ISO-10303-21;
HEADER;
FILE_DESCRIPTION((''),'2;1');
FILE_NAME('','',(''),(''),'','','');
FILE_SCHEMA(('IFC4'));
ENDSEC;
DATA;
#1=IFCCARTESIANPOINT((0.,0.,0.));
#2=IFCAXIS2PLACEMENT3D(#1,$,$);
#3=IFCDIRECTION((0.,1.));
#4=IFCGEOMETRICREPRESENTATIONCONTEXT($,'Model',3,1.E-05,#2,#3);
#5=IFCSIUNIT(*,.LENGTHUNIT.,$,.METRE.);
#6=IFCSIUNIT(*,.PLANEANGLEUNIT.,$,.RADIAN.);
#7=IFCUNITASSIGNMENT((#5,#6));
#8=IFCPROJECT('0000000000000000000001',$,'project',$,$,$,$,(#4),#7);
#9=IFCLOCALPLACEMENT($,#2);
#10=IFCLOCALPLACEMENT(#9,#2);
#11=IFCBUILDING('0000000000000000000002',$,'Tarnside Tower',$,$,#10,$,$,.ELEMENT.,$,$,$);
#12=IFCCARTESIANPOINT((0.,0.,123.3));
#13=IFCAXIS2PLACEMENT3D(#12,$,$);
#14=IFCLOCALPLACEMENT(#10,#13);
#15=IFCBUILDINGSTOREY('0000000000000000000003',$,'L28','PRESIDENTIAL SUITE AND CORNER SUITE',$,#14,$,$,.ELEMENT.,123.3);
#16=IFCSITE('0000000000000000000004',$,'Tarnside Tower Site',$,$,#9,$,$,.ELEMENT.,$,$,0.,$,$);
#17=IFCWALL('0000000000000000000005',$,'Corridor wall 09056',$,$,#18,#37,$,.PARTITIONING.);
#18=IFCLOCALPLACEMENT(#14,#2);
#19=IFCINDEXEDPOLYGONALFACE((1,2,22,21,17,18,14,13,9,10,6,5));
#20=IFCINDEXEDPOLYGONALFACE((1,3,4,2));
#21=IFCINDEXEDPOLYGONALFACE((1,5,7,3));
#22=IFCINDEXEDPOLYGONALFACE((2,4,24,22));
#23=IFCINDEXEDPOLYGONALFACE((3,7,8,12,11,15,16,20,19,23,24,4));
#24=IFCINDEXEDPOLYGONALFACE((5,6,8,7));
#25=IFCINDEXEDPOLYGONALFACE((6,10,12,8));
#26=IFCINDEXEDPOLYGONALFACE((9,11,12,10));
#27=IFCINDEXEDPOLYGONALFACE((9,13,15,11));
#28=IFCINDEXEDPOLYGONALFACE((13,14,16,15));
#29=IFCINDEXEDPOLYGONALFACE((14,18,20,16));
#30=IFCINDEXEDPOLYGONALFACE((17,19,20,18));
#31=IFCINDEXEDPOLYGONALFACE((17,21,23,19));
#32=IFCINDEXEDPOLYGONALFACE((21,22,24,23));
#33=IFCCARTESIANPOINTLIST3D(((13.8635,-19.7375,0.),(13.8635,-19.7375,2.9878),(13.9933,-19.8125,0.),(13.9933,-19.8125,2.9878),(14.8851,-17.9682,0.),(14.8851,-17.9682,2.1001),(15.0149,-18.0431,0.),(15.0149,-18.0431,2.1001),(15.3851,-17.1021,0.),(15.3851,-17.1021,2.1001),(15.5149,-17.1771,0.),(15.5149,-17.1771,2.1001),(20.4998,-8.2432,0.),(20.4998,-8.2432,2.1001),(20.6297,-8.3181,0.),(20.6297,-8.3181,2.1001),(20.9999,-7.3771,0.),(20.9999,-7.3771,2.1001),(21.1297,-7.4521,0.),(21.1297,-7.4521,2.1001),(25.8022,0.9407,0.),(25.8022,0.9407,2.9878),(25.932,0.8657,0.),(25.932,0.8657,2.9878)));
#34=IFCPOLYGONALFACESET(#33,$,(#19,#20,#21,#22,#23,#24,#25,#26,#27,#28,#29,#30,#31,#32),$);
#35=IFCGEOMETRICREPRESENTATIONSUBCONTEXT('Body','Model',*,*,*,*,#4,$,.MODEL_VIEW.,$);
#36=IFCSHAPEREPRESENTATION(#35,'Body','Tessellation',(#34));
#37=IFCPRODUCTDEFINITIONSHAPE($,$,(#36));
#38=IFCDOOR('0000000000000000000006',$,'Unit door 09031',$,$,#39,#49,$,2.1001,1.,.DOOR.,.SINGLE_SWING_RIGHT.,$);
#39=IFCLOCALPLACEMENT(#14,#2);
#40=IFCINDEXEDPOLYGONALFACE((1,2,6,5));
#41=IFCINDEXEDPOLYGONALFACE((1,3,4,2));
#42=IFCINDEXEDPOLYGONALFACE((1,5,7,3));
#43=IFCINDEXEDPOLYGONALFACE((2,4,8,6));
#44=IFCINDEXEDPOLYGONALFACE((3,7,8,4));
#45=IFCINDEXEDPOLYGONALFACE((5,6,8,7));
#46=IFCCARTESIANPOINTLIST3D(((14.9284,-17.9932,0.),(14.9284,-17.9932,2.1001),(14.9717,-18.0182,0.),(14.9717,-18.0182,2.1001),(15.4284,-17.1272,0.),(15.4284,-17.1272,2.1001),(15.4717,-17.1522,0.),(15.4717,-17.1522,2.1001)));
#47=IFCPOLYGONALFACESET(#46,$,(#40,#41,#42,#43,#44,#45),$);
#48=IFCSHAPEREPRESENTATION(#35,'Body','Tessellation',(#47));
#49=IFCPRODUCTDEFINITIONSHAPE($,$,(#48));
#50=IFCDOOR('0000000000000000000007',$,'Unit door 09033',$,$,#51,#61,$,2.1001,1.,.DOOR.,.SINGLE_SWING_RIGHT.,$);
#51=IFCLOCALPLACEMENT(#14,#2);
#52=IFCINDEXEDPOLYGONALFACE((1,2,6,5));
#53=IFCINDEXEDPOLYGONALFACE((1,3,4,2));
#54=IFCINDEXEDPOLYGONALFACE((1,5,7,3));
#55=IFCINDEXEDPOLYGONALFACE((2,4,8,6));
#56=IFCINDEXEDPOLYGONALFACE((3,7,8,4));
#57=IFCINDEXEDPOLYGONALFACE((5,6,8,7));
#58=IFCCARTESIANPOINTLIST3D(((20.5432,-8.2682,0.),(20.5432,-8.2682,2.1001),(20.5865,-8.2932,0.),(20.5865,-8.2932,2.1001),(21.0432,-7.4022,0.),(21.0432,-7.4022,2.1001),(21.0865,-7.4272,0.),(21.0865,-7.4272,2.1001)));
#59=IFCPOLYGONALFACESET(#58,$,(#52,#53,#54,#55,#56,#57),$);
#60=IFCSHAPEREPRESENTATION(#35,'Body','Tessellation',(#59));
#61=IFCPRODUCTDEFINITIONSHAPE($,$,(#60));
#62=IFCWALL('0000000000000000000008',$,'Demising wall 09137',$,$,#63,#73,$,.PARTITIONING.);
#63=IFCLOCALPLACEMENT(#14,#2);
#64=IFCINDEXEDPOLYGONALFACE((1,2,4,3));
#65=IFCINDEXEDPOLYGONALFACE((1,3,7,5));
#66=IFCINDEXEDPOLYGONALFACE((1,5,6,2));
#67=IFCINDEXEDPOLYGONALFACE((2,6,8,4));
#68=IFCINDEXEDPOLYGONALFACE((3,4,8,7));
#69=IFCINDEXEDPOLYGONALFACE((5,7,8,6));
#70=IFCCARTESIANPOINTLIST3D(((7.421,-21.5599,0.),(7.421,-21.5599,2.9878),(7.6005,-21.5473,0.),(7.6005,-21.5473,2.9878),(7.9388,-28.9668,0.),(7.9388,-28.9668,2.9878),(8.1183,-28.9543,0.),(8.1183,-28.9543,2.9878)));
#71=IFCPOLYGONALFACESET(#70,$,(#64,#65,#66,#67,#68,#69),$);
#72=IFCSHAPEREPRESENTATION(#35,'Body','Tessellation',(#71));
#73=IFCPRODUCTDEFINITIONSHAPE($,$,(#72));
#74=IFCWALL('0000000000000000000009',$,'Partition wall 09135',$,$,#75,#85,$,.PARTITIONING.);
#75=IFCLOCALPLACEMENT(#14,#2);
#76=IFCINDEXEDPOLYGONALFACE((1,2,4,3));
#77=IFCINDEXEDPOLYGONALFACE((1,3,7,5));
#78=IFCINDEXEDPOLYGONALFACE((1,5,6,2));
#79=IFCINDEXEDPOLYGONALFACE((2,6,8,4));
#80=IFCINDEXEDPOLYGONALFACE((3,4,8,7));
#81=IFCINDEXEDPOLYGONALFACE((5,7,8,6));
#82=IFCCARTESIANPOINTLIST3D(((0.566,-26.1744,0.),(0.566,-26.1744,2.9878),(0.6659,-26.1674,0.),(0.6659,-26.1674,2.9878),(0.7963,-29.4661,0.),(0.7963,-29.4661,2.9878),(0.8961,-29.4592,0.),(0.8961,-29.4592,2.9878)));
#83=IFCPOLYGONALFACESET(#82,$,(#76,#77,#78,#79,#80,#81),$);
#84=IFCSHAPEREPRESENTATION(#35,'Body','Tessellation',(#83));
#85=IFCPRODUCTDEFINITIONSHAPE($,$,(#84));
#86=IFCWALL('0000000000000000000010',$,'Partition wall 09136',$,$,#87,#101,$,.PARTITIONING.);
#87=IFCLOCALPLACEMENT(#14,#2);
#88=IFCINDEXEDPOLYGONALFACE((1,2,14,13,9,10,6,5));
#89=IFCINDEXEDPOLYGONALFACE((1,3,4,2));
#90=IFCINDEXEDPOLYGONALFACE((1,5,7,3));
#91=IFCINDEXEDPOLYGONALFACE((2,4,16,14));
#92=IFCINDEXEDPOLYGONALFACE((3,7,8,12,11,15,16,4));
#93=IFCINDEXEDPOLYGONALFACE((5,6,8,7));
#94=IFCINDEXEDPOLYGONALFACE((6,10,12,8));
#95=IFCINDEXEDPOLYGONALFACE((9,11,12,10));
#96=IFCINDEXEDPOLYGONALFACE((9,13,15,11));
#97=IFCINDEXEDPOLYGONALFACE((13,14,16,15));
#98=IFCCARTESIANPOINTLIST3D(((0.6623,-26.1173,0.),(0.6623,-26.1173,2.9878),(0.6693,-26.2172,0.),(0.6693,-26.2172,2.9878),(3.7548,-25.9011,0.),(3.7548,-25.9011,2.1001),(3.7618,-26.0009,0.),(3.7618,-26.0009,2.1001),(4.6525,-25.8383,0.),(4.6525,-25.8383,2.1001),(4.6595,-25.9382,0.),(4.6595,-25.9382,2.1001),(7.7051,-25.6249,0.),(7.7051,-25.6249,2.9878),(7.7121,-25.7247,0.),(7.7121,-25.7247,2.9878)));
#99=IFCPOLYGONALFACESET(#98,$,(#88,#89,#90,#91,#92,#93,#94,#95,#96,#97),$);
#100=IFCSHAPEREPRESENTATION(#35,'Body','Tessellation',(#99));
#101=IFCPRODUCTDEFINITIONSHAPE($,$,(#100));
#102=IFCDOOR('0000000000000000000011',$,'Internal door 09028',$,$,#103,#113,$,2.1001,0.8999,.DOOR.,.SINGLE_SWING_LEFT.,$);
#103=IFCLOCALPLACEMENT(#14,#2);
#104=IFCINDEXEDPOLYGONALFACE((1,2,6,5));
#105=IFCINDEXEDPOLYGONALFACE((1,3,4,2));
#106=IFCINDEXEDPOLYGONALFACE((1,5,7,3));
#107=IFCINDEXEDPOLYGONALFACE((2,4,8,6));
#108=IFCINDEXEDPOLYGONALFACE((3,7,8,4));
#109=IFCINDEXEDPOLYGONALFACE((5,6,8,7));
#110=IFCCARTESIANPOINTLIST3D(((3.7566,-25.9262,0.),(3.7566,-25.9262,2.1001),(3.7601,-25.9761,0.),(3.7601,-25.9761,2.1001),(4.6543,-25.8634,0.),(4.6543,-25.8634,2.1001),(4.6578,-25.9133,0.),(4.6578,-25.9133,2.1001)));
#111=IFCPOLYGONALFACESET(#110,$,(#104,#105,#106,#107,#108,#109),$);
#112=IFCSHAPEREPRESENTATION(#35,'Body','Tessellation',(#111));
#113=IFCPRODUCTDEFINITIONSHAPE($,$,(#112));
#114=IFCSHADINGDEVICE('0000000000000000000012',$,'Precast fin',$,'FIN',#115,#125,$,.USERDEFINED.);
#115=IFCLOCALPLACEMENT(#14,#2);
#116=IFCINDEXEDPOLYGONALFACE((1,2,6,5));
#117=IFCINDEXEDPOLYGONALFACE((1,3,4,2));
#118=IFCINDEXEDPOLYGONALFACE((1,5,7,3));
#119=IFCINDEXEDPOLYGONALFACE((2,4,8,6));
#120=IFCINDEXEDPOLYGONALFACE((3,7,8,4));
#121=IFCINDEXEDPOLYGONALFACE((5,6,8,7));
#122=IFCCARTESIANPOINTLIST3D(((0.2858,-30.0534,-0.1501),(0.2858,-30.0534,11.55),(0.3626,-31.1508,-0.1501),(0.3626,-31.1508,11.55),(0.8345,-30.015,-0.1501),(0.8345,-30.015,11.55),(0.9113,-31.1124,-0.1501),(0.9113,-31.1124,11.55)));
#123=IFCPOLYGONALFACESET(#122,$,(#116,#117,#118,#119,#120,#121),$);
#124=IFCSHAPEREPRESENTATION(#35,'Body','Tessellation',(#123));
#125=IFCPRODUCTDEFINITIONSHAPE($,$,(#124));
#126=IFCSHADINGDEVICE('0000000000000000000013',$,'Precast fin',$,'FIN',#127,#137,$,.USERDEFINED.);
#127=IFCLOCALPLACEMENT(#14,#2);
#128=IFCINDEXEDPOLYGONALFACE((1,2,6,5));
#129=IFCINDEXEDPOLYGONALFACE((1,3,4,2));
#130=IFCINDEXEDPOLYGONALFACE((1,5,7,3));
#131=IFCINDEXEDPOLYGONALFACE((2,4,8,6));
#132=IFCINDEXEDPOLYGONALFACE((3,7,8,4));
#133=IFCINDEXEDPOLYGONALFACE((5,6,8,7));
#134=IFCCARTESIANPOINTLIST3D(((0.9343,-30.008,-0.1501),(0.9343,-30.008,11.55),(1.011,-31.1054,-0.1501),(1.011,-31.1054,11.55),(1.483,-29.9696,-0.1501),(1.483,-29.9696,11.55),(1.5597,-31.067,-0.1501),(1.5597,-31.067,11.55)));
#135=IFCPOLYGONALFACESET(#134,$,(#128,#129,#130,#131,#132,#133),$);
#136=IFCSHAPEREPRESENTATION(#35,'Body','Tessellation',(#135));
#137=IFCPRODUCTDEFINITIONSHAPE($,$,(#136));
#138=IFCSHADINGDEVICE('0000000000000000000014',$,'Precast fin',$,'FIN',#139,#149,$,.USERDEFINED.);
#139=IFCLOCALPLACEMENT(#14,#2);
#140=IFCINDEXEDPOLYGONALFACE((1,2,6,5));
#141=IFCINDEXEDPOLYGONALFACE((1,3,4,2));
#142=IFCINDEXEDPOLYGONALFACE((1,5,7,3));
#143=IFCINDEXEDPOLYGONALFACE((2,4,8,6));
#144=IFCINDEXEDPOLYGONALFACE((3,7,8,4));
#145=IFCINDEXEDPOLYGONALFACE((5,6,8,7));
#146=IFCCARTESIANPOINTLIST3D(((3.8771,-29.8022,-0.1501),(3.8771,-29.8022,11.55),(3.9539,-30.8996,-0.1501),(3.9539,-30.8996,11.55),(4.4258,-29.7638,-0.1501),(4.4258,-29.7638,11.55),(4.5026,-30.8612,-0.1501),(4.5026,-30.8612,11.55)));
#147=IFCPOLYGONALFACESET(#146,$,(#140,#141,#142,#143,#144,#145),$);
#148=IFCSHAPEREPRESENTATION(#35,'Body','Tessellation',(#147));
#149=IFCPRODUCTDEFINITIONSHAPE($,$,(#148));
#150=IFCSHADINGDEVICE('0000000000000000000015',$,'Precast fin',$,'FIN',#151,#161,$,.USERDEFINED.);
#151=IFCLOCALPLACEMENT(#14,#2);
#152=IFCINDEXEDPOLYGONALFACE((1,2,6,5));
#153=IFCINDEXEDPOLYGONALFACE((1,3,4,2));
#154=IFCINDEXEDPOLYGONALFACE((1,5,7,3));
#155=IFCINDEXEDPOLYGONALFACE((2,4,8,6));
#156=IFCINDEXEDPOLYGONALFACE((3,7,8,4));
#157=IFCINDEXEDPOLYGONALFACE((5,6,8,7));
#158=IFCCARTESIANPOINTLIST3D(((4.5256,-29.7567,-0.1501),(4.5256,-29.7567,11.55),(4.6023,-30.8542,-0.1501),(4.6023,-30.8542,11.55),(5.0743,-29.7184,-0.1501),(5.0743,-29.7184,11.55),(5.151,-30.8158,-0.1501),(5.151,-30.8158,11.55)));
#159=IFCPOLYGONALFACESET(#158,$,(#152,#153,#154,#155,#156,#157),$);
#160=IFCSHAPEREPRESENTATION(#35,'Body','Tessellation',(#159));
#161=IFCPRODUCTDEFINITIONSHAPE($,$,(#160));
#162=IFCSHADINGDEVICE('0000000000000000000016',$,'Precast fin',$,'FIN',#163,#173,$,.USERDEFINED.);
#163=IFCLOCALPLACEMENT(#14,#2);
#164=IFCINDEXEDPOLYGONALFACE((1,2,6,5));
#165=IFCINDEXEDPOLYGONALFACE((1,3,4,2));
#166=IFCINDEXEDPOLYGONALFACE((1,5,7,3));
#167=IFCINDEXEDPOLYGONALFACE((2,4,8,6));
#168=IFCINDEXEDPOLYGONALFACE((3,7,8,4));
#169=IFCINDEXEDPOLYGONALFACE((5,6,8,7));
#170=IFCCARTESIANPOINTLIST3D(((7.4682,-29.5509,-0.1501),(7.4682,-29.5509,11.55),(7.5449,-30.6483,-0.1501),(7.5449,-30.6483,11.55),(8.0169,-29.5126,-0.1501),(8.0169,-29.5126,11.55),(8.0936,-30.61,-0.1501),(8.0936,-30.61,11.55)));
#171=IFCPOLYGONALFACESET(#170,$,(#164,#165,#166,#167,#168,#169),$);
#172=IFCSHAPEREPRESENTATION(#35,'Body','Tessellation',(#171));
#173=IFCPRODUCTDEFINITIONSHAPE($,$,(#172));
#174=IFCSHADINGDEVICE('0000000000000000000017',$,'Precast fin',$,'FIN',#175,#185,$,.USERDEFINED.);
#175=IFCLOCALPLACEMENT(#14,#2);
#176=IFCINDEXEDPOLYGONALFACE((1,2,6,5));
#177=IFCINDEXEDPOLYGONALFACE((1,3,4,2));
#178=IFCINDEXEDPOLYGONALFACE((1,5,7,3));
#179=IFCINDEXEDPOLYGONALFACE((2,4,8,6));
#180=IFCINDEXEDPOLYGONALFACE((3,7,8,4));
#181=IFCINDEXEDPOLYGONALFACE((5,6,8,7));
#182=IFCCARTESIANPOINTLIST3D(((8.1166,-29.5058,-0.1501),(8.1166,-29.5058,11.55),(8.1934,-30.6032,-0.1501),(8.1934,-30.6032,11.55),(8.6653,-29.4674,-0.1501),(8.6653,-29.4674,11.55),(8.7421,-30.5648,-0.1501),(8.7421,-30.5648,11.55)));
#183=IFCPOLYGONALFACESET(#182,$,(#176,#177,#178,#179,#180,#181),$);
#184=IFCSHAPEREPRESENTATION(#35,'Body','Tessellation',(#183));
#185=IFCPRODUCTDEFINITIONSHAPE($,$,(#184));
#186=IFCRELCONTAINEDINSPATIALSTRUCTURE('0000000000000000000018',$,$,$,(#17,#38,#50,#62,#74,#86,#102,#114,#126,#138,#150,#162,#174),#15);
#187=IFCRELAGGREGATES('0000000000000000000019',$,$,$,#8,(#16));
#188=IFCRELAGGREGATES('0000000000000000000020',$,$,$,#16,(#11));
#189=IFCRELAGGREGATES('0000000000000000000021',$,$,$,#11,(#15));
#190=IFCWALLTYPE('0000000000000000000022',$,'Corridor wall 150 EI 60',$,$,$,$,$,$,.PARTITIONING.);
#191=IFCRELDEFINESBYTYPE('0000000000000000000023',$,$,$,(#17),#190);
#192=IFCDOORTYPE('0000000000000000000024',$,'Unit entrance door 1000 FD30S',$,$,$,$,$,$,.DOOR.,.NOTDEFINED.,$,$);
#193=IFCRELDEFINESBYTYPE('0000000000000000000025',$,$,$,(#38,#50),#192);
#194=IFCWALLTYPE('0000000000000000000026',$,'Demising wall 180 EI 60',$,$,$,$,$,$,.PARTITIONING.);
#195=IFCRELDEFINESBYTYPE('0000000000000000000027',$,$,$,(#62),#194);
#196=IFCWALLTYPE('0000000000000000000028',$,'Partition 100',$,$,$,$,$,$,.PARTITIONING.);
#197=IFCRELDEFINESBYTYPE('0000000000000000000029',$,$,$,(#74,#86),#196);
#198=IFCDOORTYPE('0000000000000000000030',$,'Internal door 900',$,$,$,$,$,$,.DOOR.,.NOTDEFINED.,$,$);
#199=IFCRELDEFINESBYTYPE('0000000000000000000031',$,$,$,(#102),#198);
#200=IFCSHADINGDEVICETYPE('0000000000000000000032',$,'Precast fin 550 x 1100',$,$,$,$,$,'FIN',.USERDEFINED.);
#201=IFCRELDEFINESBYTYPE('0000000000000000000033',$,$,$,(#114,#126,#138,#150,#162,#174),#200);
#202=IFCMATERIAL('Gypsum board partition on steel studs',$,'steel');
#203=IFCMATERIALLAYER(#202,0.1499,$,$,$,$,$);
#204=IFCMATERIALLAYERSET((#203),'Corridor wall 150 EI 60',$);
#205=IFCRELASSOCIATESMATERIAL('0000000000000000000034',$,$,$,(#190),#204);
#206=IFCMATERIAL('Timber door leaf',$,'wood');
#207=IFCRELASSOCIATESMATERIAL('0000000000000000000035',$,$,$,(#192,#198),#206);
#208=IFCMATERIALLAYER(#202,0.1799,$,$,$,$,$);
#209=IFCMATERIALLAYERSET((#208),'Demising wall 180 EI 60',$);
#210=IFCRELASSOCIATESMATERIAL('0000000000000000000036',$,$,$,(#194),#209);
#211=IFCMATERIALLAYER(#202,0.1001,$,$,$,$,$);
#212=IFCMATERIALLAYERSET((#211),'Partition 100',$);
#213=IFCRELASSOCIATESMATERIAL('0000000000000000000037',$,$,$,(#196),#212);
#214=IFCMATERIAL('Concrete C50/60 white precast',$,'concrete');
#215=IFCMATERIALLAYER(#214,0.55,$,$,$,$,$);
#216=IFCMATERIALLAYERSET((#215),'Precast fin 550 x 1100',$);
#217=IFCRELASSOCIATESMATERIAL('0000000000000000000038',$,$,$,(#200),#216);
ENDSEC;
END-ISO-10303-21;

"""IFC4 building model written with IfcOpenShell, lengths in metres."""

from ifc_helpers import new_model, si_unit, direction, frame, frame_2d, origin, place, context, subcontext, project, spatial, polyline, rectangle, outline, extrude, material, layer, layer_set, type_object, element, fill, save


model = new_model("IFC4")

# Units and contexts
model_context = context("Model", 3, precision=1e-05, world=origin(), true_north=direction((0.0, 1.0)))
body_context = subcontext(model_context, "Body", "Model", "MODEL_VIEW")
ifc_project = project(units=[si_unit("LENGTHUNIT", "METRE"), si_unit("PLANEANGLEUNIT", "RADIAN")], contexts=[model_context])

# Site, building, storey
site_placement = place(None, origin())
site = spatial("IfcSite", under=ifc_project, at=site_placement, Name="Tarnside Tower Site", CompositionType="ELEMENT", RefElevation=0.0)
building_placement = place(site_placement, origin())
building = spatial("IfcBuilding", under=site, at=building_placement, Name="Tarnside Tower", CompositionType="ELEMENT")
storey_placement = place(building_placement, frame((0.0, 0.0, 123.3)))
storey = spatial("IfcBuildingStorey", under=building, at=storey_placement, Name="L28", Description="PRESIDENTIAL SUITE AND CORNER SUITE", CompositionType="ELEMENT", Elevation=123.3)

# Shared definitions
ifc_material_1 = material(Name="Gypsum board partition on steel studs", Category="steel")

# Shared definitions
ifc_material_2 = material(Name="Timber door leaf", Category="wood")

# Shared definitions
ifc_layer_1 = layer(ifc_material_1, 0.1499)
ifc_layer_set_1 = layer_set([ifc_layer_1], Name="Corridor wall 150 EI 60")
wall_type_1 = type_object("IfcWallType", Name="Corridor wall 150 EI 60", PredefinedType="PARTITIONING", material=ifc_layer_set_1)

# Wall, openings, doors
wall_1_placement = place(storey_placement, frame((13.9285, -19.7749, 0.0), z_axis=(0.0, 0.0, 1.0), x_axis=(0.500005, 0.866023, 0.0)))
wall_1 = element("IfcWall", 1, at=wall_1_placement, inside=storey, type_object=wall_type_1, Name="Corridor wall 09056", PredefinedType="PARTITIONING", context=body_context, shape_type="SweptSolid", body=[
    extrude(rectangle(XDim=23.8772, YDim=0.1499, at=frame_2d((11.9385, 0.0))), origin(), (0.0, 0.0, 1.0), 2.9878),
])
opening_1_placement = place(wall_1_placement, frame((2.043, 0.0, 0.0)))
opening_1 = element("IfcOpeningElement", 2, at=opening_1_placement, cuts=wall_1, PredefinedType="OPENING", context=body_context, shape_type="SweptSolid", body=[
    extrude(rectangle(XDim=1.0, YDim=2.1001, at=frame_2d((0.5, 1.05))), frame((0.0, 0.085, 0.0), z_axis=(0.0, -1.0, 0.0), x_axis=(1.0, 0.0, 0.0)), (0.0, 0.0, 1.0), 0.1699),
])
opening_2_placement = place(wall_1_placement, frame((13.2725, 0.0, 0.0)))
opening_2 = element("IfcOpeningElement", 3, at=opening_2_placement, cuts=wall_1, PredefinedType="OPENING", context=body_context, shape_type="SweptSolid", body=[
    extrude(rectangle(XDim=1.0, YDim=2.1001, at=frame_2d((0.5, 1.05))), frame((0.0, 0.085, 0.0), z_axis=(0.0, -1.0, 0.0), x_axis=(1.0, 0.0, 0.0)), (0.0, 0.0, 1.0), 0.1699),
])
door_type_1 = type_object("IfcDoorType", Name="Unit entrance door 1000 FD30S", OperationType="NOTDEFINED", PredefinedType="DOOR", material=ifc_material_2)
door_1_placement = place(opening_1_placement, origin())
door_1 = element("IfcDoor", 4, at=door_1_placement, inside=storey, type_object=door_type_1, Name="Unit door 09031", OperationType="SINGLE_SWING_RIGHT", OverallHeight=2.1001, OverallWidth=1.0, PredefinedType="DOOR", context=body_context, shape_type="SweptSolid", body=[
    extrude(rectangle(XDim=1.0, YDim=2.1001, at=frame_2d((0.5, 1.05))), frame((0.0, 0.0249, 0.0), z_axis=(0.0, -1.0, 0.0), x_axis=(1.0, 0.0, 0.0)), (0.0, 0.0, 1.0), 0.05),
])
fill(opening_1, door_1)
door_2_placement = place(opening_2_placement, origin())
door_2 = element("IfcDoor", 5, at=door_2_placement, inside=storey, type_object=door_type_1, Name="Unit door 09033", OperationType="SINGLE_SWING_RIGHT", OverallHeight=2.1001, OverallWidth=1.0, PredefinedType="DOOR", context=body_context, shape_type="SweptSolid", body=[
    extrude(rectangle(XDim=1.0, YDim=2.1001, at=frame_2d((0.5, 1.05))), frame((0.0, 0.0249, 0.0), z_axis=(0.0, -1.0, 0.0), x_axis=(1.0, 0.0, 0.0)), (0.0, 0.0, 1.0), 0.05),
])
fill(opening_2, door_2)

# Walls
ifc_layer_2 = layer(ifc_material_1, 0.1799)
ifc_layer_set_2 = layer_set([ifc_layer_2], Name="Demising wall 180 EI 60")
wall_type_2 = type_object("IfcWallType", Name="Demising wall 180 EI 60", PredefinedType="PARTITIONING", material=ifc_layer_set_2)
wall_2_placement = place(storey_placement, frame((8.0286, -28.9604, 0.0), z_axis=(0.0, 0.0, 1.0), x_axis=(-0.06974, 0.997565, 0.0)))
element("IfcWall", 6, at=wall_2_placement, inside=storey, type_object=wall_type_2, Name="Demising wall 09137", PredefinedType="PARTITIONING", context=body_context, shape_type="SweptSolid", body=[
    extrude(rectangle(XDim=7.425, YDim=0.1799, at=frame_2d((3.7124, 0.0))), origin(), (0.0, 0.0, 1.0), 2.9878),
])
ifc_layer_3 = layer(ifc_material_1, 0.1001)
ifc_layer_set_3 = layer_set([ifc_layer_3], Name="Partition 100")
wall_type_3 = type_object("IfcWallType", Name="Partition 100", PredefinedType="PARTITIONING", material=ifc_layer_set_3)
wall_3_placement = place(storey_placement, frame((0.8462, -29.4626, 0.0), z_axis=(0.0, 0.0, 1.0), x_axis=(-0.069769, 0.997563, 0.0)))
element("IfcWall", 7, at=wall_3_placement, inside=storey, type_object=wall_type_3, Name="Partition wall 09135", PredefinedType="PARTITIONING", context=body_context, shape_type="SweptSolid", body=[
    extrude(rectangle(XDim=3.2998, YDim=0.1001, at=frame_2d((1.6499, 0.0))), origin(), (0.0, 0.0, 1.0), 2.9878),
])

# Wall, opening, door
wall_4_placement = place(storey_placement, frame((0.6658, -26.1672, 0.0), z_axis=(0.0, 0.0, 1.0), x_axis=(0.997565, 0.069748, 0.0)))
wall_4 = element("IfcWall", 8, at=wall_4_placement, inside=storey, type_object=wall_type_3, Name="Partition wall 09136", PredefinedType="PARTITIONING", context=body_context, shape_type="SweptSolid", body=[
    extrude(rectangle(XDim=7.0601, YDim=0.1001, at=frame_2d((3.53, 0.0))), origin(), (0.0, 0.0, 1.0), 2.9878),
])
opening_3_placement = place(wall_4_placement, frame((3.1001, 0.0, 0.0)))
opening_3 = element("IfcOpeningElement", 9, at=opening_3_placement, cuts=wall_4, PredefinedType="OPENING", context=body_context, shape_type="SweptSolid", body=[
    extrude(rectangle(XDim=0.8999, YDim=2.1001, at=frame_2d((0.45, 1.05))), frame((0.0, 0.0601, 0.0), z_axis=(0.0, -1.0, 0.0), x_axis=(1.0, 0.0, 0.0)), (0.0, 0.0, 1.0), 0.1201),
])
door_type_2 = type_object("IfcDoorType", Name="Internal door 900", OperationType="NOTDEFINED", PredefinedType="DOOR", material=ifc_material_2)
door_3_placement = place(opening_3_placement, origin())
door_3 = element("IfcDoor", 10, at=door_3_placement, inside=storey, type_object=door_type_2, Name="Internal door 09028", OperationType="SINGLE_SWING_LEFT", OverallHeight=2.1001, OverallWidth=0.8999, PredefinedType="DOOR", context=body_context, shape_type="SweptSolid", body=[
    extrude(rectangle(XDim=0.8999, YDim=2.1001, at=frame_2d((0.45, 1.05))), frame((0.0, 0.0249, 0.0), z_axis=(0.0, -1.0, 0.0), x_axis=(1.0, 0.0, 0.0)), (0.0, 0.0, 1.0), 0.05),
])
fill(opening_3, door_3)

# Shading devices
ifc_material_3 = material(Name="Concrete C50/60 white precast", Category="concrete")
ifc_layer_4 = layer(ifc_material_3, 0.55)
ifc_layer_set_4 = layer_set([ifc_layer_4], Name="Precast fin 550 x 1100")
shading_device_type = type_object("IfcShadingDeviceType", Name="Precast fin 550 x 1100", ElementType="FIN", PredefinedType="USERDEFINED", material=ifc_layer_set_4)
for number, where, z_axis, x_axis, name in (
    (11, (0.5603, -30.0342, -0.1501), (-0.997564, -0.069756, 0.0), (0.069756, -0.997564, 0.0), "Precast fin"),
    (12, (1.2087, -29.9888, -0.1501), (-0.997564, -0.069756, 0.0), (0.069756, -0.997564, 0.0), "Precast fin"),
    (13, (4.1516, -29.783, -0.1501), (-0.997564, -0.069756, 0.0), (0.069756, -0.997564, 0.0), "Precast fin"),
    (14, (4.8, -29.7375, -0.1501), (-0.997564, -0.069756, 0.0), (0.069756, -0.997564, 0.0), "Precast fin"),
    (15, (7.7427, -29.5317, -0.1501), (-0.997564, -0.069756, 0.0), (0.069756, -0.997564, 0.0), "Precast fin"),
    (16, (8.3911, -29.4866, -0.1501), (-0.997564, -0.069756, 0.0), (0.069756, -0.997564, 0.0), "Precast fin"),
):
    element("IfcShadingDevice", number, at=place(storey_placement, frame(where, z_axis=z_axis, x_axis=x_axis)), inside=storey, type_object=shading_device_type, Name=name, ObjectType="FIN", PredefinedType="USERDEFINED", context=body_context, shape_type="SweptSolid", body=[
        extrude(outline(polyline([(0.0, 0.0), (1.1001, 0.0), (1.1001, 11.7002), (0.0, 11.7002), (0.0, 0.0)])), frame((0.0, 0.0, -0.2749)), (0.0, 0.0, 1.0), 0.55),
    ])

save(model, "model.ifc")
